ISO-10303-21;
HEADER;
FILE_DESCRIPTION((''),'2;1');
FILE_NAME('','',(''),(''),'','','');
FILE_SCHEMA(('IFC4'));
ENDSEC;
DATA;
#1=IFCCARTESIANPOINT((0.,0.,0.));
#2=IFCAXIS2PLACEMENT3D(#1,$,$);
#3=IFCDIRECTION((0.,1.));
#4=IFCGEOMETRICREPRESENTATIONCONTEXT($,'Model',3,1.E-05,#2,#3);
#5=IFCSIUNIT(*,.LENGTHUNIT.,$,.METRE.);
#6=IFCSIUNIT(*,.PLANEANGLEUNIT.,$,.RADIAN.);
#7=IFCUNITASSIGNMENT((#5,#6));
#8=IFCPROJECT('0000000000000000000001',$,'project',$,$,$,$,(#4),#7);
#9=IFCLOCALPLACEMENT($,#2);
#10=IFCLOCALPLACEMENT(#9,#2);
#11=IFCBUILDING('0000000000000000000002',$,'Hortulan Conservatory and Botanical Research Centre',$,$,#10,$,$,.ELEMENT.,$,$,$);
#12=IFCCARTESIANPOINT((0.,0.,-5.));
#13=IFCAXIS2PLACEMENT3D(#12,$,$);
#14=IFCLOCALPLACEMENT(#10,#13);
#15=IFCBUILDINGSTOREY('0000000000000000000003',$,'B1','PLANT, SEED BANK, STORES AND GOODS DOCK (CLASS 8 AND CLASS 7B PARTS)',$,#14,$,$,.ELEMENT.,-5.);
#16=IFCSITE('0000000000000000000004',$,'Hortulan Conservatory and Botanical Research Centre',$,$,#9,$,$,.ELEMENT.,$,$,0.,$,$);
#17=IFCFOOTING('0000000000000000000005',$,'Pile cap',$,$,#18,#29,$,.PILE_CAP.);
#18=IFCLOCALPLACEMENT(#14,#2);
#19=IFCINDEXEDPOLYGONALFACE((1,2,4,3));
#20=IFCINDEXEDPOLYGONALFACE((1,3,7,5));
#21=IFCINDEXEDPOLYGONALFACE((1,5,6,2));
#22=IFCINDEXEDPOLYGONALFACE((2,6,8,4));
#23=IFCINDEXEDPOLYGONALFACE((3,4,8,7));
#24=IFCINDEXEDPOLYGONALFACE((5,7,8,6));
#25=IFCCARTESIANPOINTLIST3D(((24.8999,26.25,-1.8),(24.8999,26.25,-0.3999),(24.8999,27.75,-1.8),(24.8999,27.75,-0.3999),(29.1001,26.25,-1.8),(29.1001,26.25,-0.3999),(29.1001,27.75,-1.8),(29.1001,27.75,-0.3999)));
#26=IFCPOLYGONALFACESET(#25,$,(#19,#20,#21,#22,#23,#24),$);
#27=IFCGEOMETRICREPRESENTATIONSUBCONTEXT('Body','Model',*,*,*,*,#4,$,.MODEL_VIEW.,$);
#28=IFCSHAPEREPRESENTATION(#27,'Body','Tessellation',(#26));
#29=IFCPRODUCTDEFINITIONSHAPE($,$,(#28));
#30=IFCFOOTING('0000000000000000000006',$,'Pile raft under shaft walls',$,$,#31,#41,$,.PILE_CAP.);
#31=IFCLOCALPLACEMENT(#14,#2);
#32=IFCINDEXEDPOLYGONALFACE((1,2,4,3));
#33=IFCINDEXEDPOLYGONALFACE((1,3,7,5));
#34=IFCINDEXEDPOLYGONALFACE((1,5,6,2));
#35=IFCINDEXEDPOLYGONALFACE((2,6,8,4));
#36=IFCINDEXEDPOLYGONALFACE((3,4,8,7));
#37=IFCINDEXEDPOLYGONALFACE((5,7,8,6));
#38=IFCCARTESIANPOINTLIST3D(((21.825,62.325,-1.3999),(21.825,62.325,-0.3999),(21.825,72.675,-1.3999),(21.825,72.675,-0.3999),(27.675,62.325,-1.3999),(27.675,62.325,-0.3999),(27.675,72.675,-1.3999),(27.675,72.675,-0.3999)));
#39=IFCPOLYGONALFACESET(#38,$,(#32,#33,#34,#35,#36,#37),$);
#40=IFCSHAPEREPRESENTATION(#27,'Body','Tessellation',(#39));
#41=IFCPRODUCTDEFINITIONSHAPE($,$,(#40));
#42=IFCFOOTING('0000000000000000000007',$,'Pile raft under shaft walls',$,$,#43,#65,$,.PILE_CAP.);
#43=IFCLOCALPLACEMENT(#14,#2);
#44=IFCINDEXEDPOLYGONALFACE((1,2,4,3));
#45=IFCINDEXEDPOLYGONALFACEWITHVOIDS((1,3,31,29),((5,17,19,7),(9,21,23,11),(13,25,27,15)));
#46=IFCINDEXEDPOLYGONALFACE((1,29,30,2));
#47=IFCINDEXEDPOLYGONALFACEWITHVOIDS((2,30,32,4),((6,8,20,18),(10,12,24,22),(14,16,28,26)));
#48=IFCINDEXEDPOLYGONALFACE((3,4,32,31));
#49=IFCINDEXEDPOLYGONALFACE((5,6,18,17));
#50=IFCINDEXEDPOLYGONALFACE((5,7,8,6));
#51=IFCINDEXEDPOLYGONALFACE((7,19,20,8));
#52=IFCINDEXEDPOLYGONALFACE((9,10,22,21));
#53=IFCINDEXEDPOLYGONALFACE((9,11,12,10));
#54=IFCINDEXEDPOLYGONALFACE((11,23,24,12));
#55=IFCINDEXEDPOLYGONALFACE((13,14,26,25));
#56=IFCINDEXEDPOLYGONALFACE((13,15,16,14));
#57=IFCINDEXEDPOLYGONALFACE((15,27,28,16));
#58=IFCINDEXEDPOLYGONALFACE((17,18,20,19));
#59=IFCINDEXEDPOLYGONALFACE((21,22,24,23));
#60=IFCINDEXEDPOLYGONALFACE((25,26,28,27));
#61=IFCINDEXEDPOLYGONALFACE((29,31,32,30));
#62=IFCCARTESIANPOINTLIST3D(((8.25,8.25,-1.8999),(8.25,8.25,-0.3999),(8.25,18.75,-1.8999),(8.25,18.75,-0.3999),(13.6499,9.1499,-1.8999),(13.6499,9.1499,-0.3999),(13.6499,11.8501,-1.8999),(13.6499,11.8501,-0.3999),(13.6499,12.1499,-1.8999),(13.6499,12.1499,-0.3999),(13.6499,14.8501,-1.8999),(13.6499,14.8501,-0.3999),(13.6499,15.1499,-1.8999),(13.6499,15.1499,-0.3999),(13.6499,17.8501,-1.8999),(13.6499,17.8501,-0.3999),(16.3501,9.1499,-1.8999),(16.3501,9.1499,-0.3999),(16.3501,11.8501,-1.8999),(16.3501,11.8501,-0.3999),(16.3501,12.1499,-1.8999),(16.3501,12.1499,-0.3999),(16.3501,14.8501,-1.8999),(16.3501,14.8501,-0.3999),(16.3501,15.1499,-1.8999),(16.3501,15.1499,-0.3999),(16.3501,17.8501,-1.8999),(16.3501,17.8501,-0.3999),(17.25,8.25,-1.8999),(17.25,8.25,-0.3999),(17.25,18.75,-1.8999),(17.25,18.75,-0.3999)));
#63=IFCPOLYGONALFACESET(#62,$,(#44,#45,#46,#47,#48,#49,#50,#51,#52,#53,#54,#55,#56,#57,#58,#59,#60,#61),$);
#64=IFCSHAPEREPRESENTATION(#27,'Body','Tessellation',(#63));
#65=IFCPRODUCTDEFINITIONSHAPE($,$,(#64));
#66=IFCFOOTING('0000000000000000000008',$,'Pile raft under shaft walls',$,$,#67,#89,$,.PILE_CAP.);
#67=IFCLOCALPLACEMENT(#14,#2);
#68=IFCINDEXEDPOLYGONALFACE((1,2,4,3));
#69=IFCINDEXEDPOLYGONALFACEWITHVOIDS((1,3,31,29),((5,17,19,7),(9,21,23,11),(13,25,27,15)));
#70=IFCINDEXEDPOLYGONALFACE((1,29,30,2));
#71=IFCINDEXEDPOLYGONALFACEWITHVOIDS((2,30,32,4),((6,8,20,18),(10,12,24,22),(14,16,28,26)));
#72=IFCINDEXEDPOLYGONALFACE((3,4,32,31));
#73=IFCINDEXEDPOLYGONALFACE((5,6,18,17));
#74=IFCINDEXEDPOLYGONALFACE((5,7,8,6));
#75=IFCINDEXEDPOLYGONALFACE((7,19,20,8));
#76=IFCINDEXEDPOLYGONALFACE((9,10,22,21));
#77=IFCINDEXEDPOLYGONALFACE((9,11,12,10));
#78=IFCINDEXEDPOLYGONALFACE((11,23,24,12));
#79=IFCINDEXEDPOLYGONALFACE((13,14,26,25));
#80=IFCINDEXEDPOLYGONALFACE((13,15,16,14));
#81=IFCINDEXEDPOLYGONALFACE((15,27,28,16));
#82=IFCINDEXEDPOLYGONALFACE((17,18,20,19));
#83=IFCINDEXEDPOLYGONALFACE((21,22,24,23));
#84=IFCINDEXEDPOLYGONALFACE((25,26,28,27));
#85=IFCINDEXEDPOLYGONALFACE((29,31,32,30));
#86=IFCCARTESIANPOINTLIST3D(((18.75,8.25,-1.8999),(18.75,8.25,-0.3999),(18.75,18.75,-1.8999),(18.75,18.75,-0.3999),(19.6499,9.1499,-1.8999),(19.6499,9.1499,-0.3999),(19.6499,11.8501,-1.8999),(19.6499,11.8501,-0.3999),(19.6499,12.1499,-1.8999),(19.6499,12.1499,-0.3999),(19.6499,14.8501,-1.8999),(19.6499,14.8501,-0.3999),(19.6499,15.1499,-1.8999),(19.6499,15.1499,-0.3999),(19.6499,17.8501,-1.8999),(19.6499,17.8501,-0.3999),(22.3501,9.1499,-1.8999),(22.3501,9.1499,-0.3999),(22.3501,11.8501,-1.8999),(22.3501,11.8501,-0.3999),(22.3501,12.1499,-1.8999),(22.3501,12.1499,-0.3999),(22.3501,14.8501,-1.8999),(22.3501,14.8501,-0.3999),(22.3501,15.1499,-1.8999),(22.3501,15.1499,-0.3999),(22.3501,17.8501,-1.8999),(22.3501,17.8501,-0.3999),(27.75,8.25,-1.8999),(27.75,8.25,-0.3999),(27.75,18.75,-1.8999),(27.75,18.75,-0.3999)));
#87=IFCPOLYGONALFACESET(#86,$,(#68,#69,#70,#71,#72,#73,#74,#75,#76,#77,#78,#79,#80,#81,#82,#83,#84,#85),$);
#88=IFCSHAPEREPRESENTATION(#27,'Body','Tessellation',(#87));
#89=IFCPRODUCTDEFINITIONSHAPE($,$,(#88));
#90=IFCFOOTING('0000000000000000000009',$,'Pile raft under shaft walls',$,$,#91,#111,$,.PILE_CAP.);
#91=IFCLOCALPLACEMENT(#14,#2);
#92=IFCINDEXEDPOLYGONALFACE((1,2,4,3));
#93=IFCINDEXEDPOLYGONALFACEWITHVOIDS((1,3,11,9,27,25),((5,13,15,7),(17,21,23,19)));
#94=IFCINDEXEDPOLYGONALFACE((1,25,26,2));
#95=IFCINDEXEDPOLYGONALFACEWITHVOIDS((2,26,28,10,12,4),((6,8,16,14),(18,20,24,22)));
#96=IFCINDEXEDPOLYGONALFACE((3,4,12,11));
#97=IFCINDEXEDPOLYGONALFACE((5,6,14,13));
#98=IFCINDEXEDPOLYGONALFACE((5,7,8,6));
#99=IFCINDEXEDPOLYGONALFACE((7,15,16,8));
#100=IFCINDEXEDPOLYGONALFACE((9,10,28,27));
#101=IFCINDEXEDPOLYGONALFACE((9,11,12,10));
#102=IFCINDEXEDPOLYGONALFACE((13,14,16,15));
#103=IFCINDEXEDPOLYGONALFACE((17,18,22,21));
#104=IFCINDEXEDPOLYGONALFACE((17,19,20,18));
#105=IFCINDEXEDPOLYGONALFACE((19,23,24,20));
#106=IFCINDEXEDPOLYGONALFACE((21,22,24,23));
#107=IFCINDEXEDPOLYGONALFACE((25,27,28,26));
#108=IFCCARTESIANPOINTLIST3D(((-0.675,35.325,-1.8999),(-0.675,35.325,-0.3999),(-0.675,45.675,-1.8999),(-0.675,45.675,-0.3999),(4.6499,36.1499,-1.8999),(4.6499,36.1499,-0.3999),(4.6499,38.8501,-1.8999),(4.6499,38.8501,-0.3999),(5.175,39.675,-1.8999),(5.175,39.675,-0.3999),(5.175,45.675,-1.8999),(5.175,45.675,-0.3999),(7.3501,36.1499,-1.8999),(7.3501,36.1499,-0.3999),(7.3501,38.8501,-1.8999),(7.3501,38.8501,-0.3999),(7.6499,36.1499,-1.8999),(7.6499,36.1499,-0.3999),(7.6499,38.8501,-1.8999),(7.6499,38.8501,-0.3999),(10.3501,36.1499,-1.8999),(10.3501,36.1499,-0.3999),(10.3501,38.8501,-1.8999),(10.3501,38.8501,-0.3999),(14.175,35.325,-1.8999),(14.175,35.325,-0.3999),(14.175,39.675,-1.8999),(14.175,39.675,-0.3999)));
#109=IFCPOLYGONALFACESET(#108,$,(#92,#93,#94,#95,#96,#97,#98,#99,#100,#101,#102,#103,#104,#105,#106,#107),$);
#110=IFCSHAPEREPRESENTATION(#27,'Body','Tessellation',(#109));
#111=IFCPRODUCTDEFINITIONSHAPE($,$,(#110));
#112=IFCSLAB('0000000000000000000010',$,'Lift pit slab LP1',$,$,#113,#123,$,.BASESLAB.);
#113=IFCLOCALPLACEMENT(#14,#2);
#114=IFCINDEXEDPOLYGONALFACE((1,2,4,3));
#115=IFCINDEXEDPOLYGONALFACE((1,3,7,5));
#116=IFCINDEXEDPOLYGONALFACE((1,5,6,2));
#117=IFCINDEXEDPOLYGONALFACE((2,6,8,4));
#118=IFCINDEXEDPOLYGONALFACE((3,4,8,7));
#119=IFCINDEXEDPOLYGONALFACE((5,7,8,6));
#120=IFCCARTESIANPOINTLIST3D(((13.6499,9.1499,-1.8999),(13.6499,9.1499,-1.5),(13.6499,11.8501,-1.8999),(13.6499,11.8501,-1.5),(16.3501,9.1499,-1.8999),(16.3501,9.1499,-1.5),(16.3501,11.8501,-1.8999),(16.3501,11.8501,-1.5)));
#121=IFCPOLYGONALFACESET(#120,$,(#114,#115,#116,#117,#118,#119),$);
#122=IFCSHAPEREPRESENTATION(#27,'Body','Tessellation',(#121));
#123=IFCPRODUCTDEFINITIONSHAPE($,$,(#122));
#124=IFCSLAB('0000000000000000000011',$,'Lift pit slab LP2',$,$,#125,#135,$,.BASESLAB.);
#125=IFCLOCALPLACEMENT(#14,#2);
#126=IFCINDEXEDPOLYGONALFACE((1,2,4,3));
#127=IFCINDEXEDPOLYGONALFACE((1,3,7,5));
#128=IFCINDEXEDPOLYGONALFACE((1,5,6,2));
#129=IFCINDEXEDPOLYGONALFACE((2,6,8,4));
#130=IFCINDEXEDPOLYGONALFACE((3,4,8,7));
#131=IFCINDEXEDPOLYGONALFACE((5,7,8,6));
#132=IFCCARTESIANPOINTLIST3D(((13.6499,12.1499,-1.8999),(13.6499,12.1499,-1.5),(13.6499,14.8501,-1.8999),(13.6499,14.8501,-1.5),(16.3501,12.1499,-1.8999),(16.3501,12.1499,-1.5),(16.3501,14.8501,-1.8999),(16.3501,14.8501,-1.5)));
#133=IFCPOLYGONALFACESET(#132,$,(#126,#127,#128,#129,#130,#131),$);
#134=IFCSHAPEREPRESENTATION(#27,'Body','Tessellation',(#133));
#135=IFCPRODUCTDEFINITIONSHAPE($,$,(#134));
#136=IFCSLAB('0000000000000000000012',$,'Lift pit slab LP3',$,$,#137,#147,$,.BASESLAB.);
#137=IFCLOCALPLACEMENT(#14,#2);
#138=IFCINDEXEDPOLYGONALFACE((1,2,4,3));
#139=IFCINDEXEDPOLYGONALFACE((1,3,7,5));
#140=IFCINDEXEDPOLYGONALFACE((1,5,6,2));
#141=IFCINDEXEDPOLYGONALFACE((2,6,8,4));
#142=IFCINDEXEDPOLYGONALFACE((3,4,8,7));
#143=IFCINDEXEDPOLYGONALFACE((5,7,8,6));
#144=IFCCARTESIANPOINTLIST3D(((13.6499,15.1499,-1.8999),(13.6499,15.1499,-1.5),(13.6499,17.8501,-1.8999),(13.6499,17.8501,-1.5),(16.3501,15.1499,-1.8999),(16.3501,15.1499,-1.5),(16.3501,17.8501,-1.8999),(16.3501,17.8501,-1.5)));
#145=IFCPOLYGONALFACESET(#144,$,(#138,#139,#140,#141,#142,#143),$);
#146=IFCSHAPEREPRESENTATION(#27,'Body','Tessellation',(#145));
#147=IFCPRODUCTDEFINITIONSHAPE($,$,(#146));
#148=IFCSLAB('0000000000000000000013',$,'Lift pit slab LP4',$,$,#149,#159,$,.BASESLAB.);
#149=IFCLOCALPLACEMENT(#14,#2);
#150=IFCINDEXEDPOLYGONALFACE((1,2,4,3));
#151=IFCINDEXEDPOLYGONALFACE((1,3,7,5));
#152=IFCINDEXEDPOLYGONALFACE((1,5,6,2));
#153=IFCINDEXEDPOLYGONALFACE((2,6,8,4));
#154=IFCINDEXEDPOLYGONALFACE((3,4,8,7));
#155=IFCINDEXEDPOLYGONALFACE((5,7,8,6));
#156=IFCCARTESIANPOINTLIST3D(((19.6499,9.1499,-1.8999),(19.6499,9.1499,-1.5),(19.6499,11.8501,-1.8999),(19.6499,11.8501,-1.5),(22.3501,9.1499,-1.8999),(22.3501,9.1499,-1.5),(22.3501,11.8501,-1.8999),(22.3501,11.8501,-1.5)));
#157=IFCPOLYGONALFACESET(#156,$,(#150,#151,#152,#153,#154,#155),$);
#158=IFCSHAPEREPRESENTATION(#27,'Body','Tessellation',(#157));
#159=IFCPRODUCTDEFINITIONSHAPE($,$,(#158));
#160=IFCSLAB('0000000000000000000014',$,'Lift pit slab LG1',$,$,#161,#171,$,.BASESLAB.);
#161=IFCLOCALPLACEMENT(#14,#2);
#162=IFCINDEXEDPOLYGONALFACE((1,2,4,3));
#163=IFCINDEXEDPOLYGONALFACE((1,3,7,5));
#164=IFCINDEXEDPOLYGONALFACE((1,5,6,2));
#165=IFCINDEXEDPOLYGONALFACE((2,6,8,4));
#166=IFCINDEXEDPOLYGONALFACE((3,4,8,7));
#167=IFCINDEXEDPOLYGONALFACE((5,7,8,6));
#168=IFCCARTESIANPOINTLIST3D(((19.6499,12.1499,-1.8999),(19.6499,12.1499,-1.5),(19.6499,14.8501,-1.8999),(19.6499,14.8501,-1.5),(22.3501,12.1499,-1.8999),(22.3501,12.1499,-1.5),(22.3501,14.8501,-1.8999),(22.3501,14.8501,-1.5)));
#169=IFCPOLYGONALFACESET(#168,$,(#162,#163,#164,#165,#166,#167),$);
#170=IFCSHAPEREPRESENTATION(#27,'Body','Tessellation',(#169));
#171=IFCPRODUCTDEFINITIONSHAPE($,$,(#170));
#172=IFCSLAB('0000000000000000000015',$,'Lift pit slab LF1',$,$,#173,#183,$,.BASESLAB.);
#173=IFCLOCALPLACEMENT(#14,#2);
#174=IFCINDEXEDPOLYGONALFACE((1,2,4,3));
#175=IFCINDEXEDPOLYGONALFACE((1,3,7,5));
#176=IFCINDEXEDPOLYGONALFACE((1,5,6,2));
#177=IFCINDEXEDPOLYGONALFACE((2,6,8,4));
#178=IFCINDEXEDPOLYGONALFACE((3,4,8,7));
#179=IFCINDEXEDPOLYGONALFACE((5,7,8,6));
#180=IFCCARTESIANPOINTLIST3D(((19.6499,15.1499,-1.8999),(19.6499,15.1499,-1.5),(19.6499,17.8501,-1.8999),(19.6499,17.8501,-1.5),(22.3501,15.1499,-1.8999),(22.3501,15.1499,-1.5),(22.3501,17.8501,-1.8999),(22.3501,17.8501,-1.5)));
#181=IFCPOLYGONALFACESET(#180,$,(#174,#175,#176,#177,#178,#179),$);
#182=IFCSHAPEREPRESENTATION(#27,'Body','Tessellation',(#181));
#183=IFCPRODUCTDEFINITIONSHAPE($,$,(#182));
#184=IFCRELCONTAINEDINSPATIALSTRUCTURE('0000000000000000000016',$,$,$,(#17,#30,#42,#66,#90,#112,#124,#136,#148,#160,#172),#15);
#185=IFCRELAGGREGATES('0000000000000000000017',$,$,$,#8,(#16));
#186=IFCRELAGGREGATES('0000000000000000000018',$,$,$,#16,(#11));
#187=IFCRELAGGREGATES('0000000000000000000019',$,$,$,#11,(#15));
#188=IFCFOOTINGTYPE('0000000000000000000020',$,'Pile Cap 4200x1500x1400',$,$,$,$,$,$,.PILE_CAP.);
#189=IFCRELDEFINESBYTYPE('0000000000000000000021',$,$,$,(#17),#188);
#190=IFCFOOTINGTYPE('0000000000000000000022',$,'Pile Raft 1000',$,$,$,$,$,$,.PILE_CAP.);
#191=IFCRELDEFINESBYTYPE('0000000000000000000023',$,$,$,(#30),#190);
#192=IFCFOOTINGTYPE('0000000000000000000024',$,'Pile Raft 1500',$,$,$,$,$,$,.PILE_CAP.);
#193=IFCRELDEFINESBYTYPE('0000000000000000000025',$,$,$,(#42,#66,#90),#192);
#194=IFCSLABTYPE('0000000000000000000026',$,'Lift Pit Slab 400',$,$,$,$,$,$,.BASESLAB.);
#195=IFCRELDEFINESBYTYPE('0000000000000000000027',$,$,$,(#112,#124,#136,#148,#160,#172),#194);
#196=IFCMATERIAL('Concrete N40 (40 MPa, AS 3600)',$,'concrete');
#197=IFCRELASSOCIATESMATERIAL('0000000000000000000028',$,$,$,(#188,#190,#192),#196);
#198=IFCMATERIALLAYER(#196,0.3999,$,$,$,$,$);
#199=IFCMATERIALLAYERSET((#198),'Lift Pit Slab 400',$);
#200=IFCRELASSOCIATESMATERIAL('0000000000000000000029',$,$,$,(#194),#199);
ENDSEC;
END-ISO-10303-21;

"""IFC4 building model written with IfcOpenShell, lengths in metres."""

from ifc_helpers import new_model, si_unit, direction, frame, origin, place, context, subcontext, project, spatial, polyline, outline, extrude, material, layer, layer_set, type_object, element, save


model = new_model("IFC4")

# Units and contexts
model_context = context("Model", 3, precision=1e-05, world=origin(), true_north=direction((0.0, 1.0)))
body_context = subcontext(model_context, "Body", "Model", "MODEL_VIEW")
ifc_project = project(units=[si_unit("LENGTHUNIT", "METRE"), si_unit("PLANEANGLEUNIT", "RADIAN")], contexts=[model_context])

# Site, building, storey
site_placement = place(None, origin())
site = spatial("IfcSite", under=ifc_project, at=site_placement, Name="Hortulan Conservatory and Botanical Research Centre", CompositionType="ELEMENT", RefElevation=0.0)
building_placement = place(site_placement, origin())
building = spatial("IfcBuilding", under=site, at=building_placement, Name="Hortulan Conservatory and Botanical Research Centre", CompositionType="ELEMENT")
storey_placement = place(building_placement, frame((0.0, 0.0, -5.0)))
storey = spatial("IfcBuildingStorey", under=building, at=storey_placement, Name="B1", Description="PLANT, SEED BANK, STORES AND GOODS DOCK (CLASS 8 AND CLASS 7B PARTS)", CompositionType="ELEMENT", Elevation=-5.0)

# Shared definitions
ifc_material = material(Name="Concrete N40 (40 MPa, AS 3600)", Category="concrete")

# Footings
footing_type_1 = type_object("IfcFootingType", Name="Pile Cap 4200x1500x1400", PredefinedType="PILE_CAP", material=ifc_material)
footing_1_placement = place(storey_placement, frame((0.0, 0.0, -1.8)))
element("IfcFooting", 1, at=footing_1_placement, inside=storey, type_object=footing_type_1, Name="Pile cap", PredefinedType="PILE_CAP", context=body_context, shape_type="SweptSolid", body=[
    extrude(outline(polyline([(29.1001, 26.25), (29.1001, 27.75), (24.8999, 27.75), (24.8999, 26.25), (29.1001, 26.25)])), origin(), (0.0, 0.0, 1.0), 1.4001),
])
footing_type_2 = type_object("IfcFootingType", Name="Pile Raft 1000", PredefinedType="PILE_CAP", material=ifc_material)
footing_2_placement = place(storey_placement, frame((0.0, 0.0, -1.3999)))
element("IfcFooting", 2, at=footing_2_placement, inside=storey, type_object=footing_type_2, Name="Pile raft under shaft walls", PredefinedType="PILE_CAP", context=body_context, shape_type="SweptSolid", body=[
    extrude(outline(polyline([(27.675, 62.325), (27.675, 72.675), (21.825, 72.675), (21.825, 62.325), (27.675, 62.325)])), origin(), (0.0, 0.0, 1.0), 1.0),
])
footing_type_3 = type_object("IfcFootingType", Name="Pile Raft 1500", PredefinedType="PILE_CAP", material=ifc_material)
footing_3_placement = place(storey_placement, frame((0.0, 0.0, -1.8999)))
element("IfcFooting", 3, at=footing_3_placement, inside=storey, type_object=footing_type_3, Name="Pile raft under shaft walls", PredefinedType="PILE_CAP", context=body_context, shape_type="SweptSolid", body=[
    extrude(outline(polyline([(8.25, 8.25), (17.25, 8.25), (17.25, 18.75), (8.25, 18.75), (8.25, 8.25)]), holes=[polyline([(16.3501, 9.1499), (16.3501, 11.8501), (13.6499, 11.8501), (13.6499, 9.1499), (16.3501, 9.1499)]), polyline([(13.6499, 12.1499), (16.3501, 12.1499), (16.3501, 14.8501), (13.6499, 14.8501), (13.6499, 12.1499)]), polyline([(13.6499, 15.1499), (16.3501, 15.1499), (16.3501, 17.8501), (13.6499, 17.8501), (13.6499, 15.1499)])]), origin(), (0.0, 0.0, 1.0), 1.5),
])
footing_4_placement = place(storey_placement, frame((0.0, 0.0, -1.8999)))
element("IfcFooting", 4, at=footing_4_placement, inside=storey, type_object=footing_type_3, Name="Pile raft under shaft walls", PredefinedType="PILE_CAP", context=body_context, shape_type="SweptSolid", body=[
    extrude(outline(polyline([(18.75, 18.75), (18.75, 8.25), (27.75, 8.25), (27.75, 18.75), (18.75, 18.75)]), holes=[polyline([(22.3501, 9.1499), (22.3501, 11.8501), (19.6499, 11.8501), (19.6499, 9.1499), (22.3501, 9.1499)]), polyline([(19.6499, 12.1499), (22.3501, 12.1499), (22.3501, 14.8501), (19.6499, 14.8501), (19.6499, 12.1499)]), polyline([(19.6499, 15.1499), (22.3501, 15.1499), (22.3501, 17.8501), (19.6499, 17.8501), (19.6499, 15.1499)])]), origin(), (0.0, 0.0, 1.0), 1.5),
])
footing_5_placement = place(storey_placement, frame((0.0, 0.0, -1.8999)))
element("IfcFooting", 5, at=footing_5_placement, inside=storey, type_object=footing_type_3, Name="Pile raft under shaft walls", PredefinedType="PILE_CAP", context=body_context, shape_type="SweptSolid", body=[
    extrude(outline(polyline([(14.175, 35.325), (14.175, 39.675), (5.175, 39.675), (5.175, 45.675), (-0.675, 45.675), (-0.675, 35.325), (14.175, 35.325)]), holes=[polyline([(7.3501, 36.1499), (7.3501, 38.8501), (4.6499, 38.8501), (4.6499, 36.1499), (7.3501, 36.1499)]), polyline([(10.3501, 36.1499), (10.3501, 38.8501), (7.6499, 38.8501), (7.6499, 36.1499), (10.3501, 36.1499)])]), origin(), (0.0, 0.0, 1.0), 1.5),
])

# Slabs
ifc_layer = layer(ifc_material, 0.3999)
ifc_layer_set = layer_set([ifc_layer], Name="Lift Pit Slab 400")
slab_type = type_object("IfcSlabType", Name="Lift Pit Slab 400", PredefinedType="BASESLAB", material=ifc_layer_set)
slab_1_placement = place(storey_placement, frame((0.0, 0.0, -1.8999)))
element("IfcSlab", 6, at=slab_1_placement, inside=storey, type_object=slab_type, Name="Lift pit slab LP1", PredefinedType="BASESLAB", context=body_context, shape_type="SweptSolid", body=[
    extrude(outline(polyline([(16.3501, 9.1499), (16.3501, 11.8501), (13.6499, 11.8501), (13.6499, 9.1499), (16.3501, 9.1499)])), origin(), (0.0, 0.0, 1.0), 0.3999),
])
slab_2_placement = place(storey_placement, frame((0.0, 0.0, -1.8999)))
element("IfcSlab", 7, at=slab_2_placement, inside=storey, type_object=slab_type, Name="Lift pit slab LP2", PredefinedType="BASESLAB", context=body_context, shape_type="SweptSolid", body=[
    extrude(outline(polyline([(16.3501, 12.1499), (16.3501, 14.8501), (13.6499, 14.8501), (13.6499, 12.1499), (16.3501, 12.1499)])), origin(), (0.0, 0.0, 1.0), 0.3999),
])
slab_3_placement = place(storey_placement, frame((0.0, 0.0, -1.8999)))
element("IfcSlab", 8, at=slab_3_placement, inside=storey, type_object=slab_type, Name="Lift pit slab LP3", PredefinedType="BASESLAB", context=body_context, shape_type="SweptSolid", body=[
    extrude(outline(polyline([(16.3501, 15.1499), (16.3501, 17.8501), (13.6499, 17.8501), (13.6499, 15.1499), (16.3501, 15.1499)])), origin(), (0.0, 0.0, 1.0), 0.3999),
])
slab_4_placement = place(storey_placement, frame((0.0, 0.0, -1.8999)))
element("IfcSlab", 9, at=slab_4_placement, inside=storey, type_object=slab_type, Name="Lift pit slab LP4", PredefinedType="BASESLAB", context=body_context, shape_type="SweptSolid", body=[
    extrude(outline(polyline([(22.3501, 9.1499), (22.3501, 11.8501), (19.6499, 11.8501), (19.6499, 9.1499), (22.3501, 9.1499)])), origin(), (0.0, 0.0, 1.0), 0.3999),
])
slab_5_placement = place(storey_placement, frame((0.0, 0.0, -1.8999)))
element("IfcSlab", 10, at=slab_5_placement, inside=storey, type_object=slab_type, Name="Lift pit slab LG1", PredefinedType="BASESLAB", context=body_context, shape_type="SweptSolid", body=[
    extrude(outline(polyline([(22.3501, 12.1499), (22.3501, 14.8501), (19.6499, 14.8501), (19.6499, 12.1499), (22.3501, 12.1499)])), origin(), (0.0, 0.0, 1.0), 0.3999),
])
slab_6_placement = place(storey_placement, frame((0.0, 0.0, -1.8999)))
element("IfcSlab", 11, at=slab_6_placement, inside=storey, type_object=slab_type, Name="Lift pit slab LF1", PredefinedType="BASESLAB", context=body_context, shape_type="SweptSolid", body=[
    extrude(outline(polyline([(22.3501, 15.1499), (22.3501, 17.8501), (19.6499, 17.8501), (19.6499, 15.1499), (22.3501, 15.1499)])), origin(), (0.0, 0.0, 1.0), 0.3999),
])

save(model, "model.ifc")
